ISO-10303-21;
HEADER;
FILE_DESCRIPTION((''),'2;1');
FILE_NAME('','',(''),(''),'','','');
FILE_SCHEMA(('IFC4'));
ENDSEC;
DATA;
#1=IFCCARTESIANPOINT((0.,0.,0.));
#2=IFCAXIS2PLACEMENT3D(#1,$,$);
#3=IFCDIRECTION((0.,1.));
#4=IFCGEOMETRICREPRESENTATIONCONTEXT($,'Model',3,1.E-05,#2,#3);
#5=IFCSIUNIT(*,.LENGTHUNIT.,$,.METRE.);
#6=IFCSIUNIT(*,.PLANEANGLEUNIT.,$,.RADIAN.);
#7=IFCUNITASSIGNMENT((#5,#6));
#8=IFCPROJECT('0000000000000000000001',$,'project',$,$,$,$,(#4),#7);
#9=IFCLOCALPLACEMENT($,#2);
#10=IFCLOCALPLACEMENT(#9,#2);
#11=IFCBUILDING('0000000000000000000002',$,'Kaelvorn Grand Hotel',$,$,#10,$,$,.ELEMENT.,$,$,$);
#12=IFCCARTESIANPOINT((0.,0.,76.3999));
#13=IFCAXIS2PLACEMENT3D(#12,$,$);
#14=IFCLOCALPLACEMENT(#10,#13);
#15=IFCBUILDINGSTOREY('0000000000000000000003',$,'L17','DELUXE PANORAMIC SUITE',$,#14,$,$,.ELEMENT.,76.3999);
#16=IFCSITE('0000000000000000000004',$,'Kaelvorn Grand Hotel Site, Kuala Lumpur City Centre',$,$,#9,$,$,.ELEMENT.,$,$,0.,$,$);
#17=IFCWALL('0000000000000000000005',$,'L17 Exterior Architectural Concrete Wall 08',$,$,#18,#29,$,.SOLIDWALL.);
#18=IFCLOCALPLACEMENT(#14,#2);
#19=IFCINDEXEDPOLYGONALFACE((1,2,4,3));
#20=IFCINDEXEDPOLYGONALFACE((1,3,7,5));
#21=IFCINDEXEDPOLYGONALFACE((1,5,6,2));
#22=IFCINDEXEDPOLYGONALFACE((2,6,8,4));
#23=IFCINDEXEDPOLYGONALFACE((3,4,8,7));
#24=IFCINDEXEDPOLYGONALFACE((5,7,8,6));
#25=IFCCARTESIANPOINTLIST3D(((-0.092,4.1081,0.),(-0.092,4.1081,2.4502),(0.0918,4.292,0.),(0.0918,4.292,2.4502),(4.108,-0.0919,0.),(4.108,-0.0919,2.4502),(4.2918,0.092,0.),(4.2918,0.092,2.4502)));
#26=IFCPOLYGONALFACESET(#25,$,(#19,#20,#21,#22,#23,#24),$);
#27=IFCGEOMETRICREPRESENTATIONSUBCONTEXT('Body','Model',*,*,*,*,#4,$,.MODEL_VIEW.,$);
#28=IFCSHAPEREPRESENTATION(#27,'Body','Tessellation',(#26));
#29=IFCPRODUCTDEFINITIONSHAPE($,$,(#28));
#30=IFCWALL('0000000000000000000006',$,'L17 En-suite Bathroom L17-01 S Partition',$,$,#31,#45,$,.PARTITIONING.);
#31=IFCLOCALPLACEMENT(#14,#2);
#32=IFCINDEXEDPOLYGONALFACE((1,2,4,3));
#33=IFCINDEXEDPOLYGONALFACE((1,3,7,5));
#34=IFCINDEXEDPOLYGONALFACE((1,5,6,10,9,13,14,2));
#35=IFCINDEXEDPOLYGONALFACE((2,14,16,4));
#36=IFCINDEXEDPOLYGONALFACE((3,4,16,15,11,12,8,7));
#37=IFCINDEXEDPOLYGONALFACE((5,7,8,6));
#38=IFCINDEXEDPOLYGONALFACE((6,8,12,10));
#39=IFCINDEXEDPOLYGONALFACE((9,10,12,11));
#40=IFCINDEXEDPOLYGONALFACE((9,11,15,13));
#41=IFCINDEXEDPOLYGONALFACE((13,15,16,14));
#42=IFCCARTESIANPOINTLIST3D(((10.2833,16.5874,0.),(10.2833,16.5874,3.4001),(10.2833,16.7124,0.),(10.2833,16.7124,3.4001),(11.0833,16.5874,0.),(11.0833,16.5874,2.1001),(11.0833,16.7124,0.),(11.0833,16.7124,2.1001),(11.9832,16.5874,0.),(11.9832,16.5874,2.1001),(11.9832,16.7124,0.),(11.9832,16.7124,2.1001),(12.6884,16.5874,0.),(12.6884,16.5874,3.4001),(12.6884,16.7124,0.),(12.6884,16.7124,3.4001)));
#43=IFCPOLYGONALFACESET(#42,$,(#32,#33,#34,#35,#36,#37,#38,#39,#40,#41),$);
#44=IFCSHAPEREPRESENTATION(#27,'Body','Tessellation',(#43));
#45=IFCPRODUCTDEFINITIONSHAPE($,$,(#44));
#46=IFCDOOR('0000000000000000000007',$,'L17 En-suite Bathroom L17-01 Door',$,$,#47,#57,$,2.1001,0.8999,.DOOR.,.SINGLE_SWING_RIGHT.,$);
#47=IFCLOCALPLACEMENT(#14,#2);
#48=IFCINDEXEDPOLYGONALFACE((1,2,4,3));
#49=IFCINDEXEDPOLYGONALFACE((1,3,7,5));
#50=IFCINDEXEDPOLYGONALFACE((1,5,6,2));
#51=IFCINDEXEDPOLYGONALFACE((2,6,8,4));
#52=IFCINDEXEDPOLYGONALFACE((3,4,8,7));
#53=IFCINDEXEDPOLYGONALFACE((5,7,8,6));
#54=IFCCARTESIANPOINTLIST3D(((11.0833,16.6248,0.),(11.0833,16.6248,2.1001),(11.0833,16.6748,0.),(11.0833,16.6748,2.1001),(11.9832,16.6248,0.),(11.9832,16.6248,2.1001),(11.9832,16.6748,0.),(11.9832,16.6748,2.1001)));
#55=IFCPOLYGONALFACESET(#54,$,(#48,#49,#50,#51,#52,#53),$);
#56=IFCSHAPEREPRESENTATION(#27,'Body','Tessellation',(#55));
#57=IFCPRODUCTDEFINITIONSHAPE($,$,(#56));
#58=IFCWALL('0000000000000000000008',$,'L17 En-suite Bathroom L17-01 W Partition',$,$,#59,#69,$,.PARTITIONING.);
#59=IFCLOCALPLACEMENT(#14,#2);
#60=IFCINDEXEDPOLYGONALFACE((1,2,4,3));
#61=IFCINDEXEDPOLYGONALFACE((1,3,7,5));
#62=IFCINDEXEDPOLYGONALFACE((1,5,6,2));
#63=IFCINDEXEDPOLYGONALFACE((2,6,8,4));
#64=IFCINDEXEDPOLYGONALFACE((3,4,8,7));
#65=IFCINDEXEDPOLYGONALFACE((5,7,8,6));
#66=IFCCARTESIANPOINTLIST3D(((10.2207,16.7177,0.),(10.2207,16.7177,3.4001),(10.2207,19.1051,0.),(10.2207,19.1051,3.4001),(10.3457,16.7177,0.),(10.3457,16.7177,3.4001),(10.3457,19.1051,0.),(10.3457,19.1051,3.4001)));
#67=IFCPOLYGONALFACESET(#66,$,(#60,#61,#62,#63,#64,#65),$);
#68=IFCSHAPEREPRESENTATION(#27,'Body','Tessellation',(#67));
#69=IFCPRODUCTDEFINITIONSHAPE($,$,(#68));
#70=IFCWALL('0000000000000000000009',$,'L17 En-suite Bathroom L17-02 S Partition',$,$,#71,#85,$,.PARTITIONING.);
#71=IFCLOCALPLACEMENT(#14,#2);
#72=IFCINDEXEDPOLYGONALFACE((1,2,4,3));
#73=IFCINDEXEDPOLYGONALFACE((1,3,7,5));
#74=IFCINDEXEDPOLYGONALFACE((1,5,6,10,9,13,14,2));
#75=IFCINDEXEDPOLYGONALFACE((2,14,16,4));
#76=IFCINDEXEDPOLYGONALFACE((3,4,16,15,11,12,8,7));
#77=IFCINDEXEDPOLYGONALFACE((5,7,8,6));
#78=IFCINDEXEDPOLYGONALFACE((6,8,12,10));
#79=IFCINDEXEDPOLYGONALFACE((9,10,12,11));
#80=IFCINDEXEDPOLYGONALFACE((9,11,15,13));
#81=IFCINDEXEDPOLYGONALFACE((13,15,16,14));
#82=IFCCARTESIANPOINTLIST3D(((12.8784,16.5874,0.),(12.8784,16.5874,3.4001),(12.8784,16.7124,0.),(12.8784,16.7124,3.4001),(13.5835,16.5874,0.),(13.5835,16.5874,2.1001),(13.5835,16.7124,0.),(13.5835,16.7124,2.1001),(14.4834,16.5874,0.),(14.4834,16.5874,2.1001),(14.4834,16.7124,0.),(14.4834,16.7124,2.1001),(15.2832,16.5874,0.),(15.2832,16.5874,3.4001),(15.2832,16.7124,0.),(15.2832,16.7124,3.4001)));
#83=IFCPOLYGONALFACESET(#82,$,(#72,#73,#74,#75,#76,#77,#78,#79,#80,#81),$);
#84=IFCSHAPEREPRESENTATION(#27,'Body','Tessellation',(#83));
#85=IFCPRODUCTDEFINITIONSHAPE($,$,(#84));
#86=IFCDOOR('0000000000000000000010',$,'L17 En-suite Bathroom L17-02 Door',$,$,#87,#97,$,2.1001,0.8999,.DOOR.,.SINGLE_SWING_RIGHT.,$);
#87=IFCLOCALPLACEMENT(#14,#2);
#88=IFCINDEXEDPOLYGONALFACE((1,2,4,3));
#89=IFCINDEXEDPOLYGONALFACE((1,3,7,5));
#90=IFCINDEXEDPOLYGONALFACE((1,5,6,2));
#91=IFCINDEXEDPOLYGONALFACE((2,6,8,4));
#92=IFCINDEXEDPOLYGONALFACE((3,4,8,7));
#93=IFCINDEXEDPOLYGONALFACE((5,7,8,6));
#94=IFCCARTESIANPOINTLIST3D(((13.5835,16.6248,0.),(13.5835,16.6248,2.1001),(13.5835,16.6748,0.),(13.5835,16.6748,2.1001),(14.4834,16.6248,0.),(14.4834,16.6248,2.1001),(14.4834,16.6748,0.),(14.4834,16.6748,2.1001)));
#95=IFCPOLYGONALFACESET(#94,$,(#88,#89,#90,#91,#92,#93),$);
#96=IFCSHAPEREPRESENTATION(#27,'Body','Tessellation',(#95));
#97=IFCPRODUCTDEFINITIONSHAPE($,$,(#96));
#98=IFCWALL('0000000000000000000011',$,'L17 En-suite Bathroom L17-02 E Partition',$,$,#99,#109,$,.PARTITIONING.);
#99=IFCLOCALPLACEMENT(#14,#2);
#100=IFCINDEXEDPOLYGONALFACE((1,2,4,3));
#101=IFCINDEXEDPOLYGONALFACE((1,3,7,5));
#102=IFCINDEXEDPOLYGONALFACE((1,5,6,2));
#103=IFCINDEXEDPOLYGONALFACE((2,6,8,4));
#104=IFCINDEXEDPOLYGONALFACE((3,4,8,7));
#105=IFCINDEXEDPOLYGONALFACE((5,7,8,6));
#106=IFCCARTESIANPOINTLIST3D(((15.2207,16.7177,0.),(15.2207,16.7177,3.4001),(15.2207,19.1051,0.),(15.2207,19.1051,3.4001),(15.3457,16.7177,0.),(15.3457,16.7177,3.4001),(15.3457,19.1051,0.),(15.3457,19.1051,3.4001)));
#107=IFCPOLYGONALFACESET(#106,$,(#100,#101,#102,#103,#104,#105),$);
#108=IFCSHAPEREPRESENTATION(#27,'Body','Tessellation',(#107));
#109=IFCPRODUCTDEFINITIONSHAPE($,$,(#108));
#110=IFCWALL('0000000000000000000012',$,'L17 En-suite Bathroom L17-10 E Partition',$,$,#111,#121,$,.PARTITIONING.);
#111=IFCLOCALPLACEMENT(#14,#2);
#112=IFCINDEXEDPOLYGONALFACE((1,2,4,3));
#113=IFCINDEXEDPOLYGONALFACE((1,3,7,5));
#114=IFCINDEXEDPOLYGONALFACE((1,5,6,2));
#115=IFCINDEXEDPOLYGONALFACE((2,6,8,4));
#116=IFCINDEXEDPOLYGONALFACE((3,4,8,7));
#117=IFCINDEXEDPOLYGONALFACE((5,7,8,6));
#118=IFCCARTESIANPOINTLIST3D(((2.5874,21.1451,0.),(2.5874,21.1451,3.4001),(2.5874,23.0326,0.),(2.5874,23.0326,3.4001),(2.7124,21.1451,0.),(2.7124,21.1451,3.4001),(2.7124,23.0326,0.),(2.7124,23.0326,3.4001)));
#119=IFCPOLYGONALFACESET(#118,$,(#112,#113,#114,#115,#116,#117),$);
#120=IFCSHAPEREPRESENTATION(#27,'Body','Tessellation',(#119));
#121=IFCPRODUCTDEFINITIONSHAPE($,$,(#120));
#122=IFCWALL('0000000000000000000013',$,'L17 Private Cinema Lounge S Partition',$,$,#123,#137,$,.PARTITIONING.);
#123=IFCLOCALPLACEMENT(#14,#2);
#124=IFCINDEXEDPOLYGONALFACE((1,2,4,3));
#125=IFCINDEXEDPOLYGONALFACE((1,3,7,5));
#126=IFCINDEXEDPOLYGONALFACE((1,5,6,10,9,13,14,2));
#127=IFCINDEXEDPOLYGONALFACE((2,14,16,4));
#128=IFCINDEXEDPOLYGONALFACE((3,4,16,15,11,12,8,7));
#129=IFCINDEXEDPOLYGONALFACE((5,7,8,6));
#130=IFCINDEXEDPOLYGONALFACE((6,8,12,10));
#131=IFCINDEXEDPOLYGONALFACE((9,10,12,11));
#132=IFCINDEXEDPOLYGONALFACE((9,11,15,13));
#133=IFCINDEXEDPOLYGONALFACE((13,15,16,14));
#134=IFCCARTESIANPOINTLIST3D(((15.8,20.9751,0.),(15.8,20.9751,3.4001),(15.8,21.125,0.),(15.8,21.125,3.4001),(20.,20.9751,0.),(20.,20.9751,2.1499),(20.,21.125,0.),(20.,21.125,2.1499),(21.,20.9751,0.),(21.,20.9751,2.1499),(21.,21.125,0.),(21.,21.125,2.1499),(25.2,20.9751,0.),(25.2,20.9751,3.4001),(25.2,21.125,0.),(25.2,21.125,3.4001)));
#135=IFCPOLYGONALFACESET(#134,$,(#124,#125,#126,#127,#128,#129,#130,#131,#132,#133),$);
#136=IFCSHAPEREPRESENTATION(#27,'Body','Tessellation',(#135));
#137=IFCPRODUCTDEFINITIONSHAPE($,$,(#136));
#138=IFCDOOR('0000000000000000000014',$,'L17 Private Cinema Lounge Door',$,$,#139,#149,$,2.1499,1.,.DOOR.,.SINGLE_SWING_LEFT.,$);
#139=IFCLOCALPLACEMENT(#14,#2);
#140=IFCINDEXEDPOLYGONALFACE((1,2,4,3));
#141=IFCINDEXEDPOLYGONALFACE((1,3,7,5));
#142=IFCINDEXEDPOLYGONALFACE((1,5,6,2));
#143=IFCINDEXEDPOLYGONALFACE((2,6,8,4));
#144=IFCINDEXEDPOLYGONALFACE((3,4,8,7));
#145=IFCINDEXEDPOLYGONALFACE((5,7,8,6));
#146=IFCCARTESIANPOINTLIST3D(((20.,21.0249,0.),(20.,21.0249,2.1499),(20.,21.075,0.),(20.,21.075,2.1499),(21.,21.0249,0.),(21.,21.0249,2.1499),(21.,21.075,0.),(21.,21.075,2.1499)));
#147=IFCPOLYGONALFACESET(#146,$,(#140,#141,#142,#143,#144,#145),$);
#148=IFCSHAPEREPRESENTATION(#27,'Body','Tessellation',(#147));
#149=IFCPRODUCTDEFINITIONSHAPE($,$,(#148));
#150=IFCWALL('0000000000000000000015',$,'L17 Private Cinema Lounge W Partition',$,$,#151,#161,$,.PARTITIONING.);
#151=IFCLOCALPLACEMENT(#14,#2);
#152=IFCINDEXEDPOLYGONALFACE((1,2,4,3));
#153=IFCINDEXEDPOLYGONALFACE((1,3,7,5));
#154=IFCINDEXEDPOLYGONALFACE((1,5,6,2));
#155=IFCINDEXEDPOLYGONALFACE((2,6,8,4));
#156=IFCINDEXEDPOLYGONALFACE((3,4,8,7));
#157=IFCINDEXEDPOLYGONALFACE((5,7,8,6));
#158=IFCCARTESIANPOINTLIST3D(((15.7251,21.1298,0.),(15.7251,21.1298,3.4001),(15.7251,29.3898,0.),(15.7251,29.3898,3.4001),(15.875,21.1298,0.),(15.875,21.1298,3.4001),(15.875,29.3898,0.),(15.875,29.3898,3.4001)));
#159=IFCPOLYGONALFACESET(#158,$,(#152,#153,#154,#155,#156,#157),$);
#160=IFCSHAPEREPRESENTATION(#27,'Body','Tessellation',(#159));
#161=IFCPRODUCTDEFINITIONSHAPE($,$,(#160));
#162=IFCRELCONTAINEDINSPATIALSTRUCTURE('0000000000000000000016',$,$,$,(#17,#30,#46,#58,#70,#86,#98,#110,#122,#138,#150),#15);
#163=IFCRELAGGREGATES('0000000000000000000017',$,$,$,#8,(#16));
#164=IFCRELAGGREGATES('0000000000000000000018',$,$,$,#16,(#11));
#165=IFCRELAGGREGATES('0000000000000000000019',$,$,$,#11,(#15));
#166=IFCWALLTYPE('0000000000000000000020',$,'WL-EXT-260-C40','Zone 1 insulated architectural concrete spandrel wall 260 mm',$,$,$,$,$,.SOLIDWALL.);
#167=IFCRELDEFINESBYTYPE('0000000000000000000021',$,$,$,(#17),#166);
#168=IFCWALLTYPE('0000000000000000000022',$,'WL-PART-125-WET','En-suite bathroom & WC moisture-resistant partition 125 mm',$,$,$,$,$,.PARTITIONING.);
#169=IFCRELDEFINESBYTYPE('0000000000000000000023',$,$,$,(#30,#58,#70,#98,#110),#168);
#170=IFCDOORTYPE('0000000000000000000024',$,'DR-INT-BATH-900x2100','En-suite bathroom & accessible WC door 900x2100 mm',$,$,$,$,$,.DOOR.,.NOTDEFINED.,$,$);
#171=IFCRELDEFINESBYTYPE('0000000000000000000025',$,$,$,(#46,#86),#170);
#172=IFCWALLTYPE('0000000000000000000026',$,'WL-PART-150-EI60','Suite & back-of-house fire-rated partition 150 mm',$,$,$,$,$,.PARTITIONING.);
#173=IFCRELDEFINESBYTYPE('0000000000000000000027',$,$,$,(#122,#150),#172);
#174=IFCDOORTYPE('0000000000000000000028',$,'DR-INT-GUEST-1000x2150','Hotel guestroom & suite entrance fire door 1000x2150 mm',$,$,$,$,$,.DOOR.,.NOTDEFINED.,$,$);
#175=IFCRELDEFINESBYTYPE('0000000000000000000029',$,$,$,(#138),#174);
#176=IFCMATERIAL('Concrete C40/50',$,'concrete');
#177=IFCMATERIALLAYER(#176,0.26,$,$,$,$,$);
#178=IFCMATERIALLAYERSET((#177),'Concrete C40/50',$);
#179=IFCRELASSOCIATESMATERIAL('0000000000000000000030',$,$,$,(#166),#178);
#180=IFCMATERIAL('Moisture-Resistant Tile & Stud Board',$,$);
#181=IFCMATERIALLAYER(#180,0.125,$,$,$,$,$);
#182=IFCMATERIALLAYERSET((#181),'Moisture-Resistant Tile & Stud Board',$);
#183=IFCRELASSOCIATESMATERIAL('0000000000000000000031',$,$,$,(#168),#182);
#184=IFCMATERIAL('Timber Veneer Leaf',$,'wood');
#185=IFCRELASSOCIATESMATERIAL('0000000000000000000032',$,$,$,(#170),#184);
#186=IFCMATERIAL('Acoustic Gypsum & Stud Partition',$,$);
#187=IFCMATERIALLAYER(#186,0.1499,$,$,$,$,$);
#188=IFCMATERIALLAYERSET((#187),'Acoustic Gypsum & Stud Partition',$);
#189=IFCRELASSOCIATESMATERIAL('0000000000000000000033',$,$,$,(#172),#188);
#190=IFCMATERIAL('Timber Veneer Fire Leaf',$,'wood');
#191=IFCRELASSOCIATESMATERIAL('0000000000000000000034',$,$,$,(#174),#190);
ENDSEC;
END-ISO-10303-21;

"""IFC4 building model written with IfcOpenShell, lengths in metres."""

from ifc_helpers import new_model, si_unit, direction, frame, frame_2d, origin, place, context, subcontext, project, spatial, rectangle, extrude, material, layer, layer_set, type_object, element, fill, save


model = new_model("IFC4")

# Units and contexts
model_context = context("Model", 3, precision=1e-05, world=origin(), true_north=direction((0.0, 1.0)))
body_context = subcontext(model_context, "Body", "Model", "MODEL_VIEW")
ifc_project = project(units=[si_unit("LENGTHUNIT", "METRE"), si_unit("PLANEANGLEUNIT", "RADIAN")], contexts=[model_context])

# Site, building, storey
site_placement = place(None, origin())
site = spatial("IfcSite", under=ifc_project, at=site_placement, Name="Kaelvorn Grand Hotel Site, Kuala Lumpur City Centre", CompositionType="ELEMENT", RefElevation=0.0)
building_placement = place(site_placement, origin())
building = spatial("IfcBuilding", under=site, at=building_placement, Name="Kaelvorn Grand Hotel", CompositionType="ELEMENT")
storey_placement = place(building_placement, frame((0.0, 0.0, 76.3999)))
storey = spatial("IfcBuildingStorey", under=building, at=storey_placement, Name="L17", Description="DELUXE PANORAMIC SUITE", CompositionType="ELEMENT", Elevation=76.3999)

# Wall
ifc_material_1 = material(Name="Concrete C40/50", Category="concrete")
ifc_layer_1 = layer(ifc_material_1, 0.26)
ifc_layer_set_1 = layer_set([ifc_layer_1], Name="Concrete C40/50")
wall_type_1 = type_object("IfcWallType", Name="WL-EXT-260-C40", Description="Zone 1 insulated architectural concrete spandrel wall 260 mm", PredefinedType="SOLIDWALL", material=ifc_layer_set_1)
wall_1_placement = place(storey_placement, frame((0.0, 4.2, 0.0), z_axis=(0.0, 0.0, 1.0), x_axis=(0.707107, -0.707107, 0.0)))
element("IfcWall", 1, at=wall_1_placement, inside=storey, type_object=wall_type_1, Name="L17 Exterior Architectural Concrete Wall 08", PredefinedType="SOLIDWALL", context=body_context, shape_type="SweptSolid", body=[
    extrude(rectangle(XDim=5.9397, YDim=0.26, at=frame_2d((2.9697, 0.0))), origin(), (0.0, 0.0, 1.0), 2.4502),
])

# Wall, opening, door
ifc_material_2 = material(Name="Moisture-Resistant Tile & Stud Board")
ifc_layer_2 = layer(ifc_material_2, 0.125)
ifc_layer_set_2 = layer_set([ifc_layer_2], Name="Moisture-Resistant Tile & Stud Board")
wall_type_2 = type_object("IfcWallType", Name="WL-PART-125-WET", Description="En-suite bathroom & WC moisture-resistant partition 125 mm", PredefinedType="PARTITIONING", material=ifc_layer_set_2)
wall_2_placement = place(storey_placement, frame((10.2832, 16.6499, 0.0), z_axis=(0.0, 0.0, 1.0), x_axis=(1.0, 0.0, 0.0)))
wall_2 = element("IfcWall", 2, at=wall_2_placement, inside=storey, type_object=wall_type_2, Name="L17 En-suite Bathroom L17-01 S Partition", PredefinedType="PARTITIONING", context=body_context, shape_type="SweptSolid", body=[
    extrude(rectangle(XDim=2.405, YDim=0.125, at=frame_2d((1.2026, 0.0))), origin(), (0.0, 0.0, 1.0), 3.4001),
])
opening_1_placement = place(wall_2_placement, frame((0.8, 0.0, 0.0)))
opening_1 = element("IfcOpeningElement", 3, at=opening_1_placement, cuts=wall_2, PredefinedType="OPENING", context=body_context, shape_type="SweptSolid", body=[
    extrude(rectangle(XDim=0.8999, YDim=2.1001, at=frame_2d((0.45, 1.05))), frame((0.0, 0.0725, 0.0), z_axis=(0.0, -1.0, 0.0), x_axis=(1.0, 0.0, 0.0)), (0.0, 0.0, 1.0), 0.145),
])
ifc_material_3 = material(Name="Timber Veneer Leaf", Category="wood")
door_type_1 = type_object("IfcDoorType", Name="DR-INT-BATH-900x2100", Description="En-suite bathroom & accessible WC door 900x2100 mm", OperationType="NOTDEFINED", PredefinedType="DOOR", material=ifc_material_3)
door_1_placement = place(opening_1_placement, origin())
door_1 = element("IfcDoor", 4, at=door_1_placement, inside=storey, type_object=door_type_1, Name="L17 En-suite Bathroom L17-01 Door", OperationType="SINGLE_SWING_RIGHT", OverallHeight=2.1001, OverallWidth=0.8999, PredefinedType="DOOR", context=body_context, shape_type="SweptSolid", body=[
    extrude(rectangle(XDim=0.8999, YDim=2.1001, at=frame_2d((0.45, 1.05))), frame((0.0, 0.0249, 0.0), z_axis=(0.0, -1.0, 0.0), x_axis=(1.0, 0.0, 0.0)), (0.0, 0.0, 1.0), 0.05),
])
fill(opening_1, door_1)

# Wall
wall_3_placement = place(storey_placement, frame((10.2832, 16.7175, 0.0), z_axis=(0.0, 0.0, 1.0), x_axis=(0.0, 1.0, 0.0)))
element("IfcWall", 5, at=wall_3_placement, inside=storey, type_object=wall_type_2, Name="L17 En-suite Bathroom L17-01 W Partition", PredefinedType="PARTITIONING", context=body_context, shape_type="SweptSolid", body=[
    extrude(rectangle(XDim=2.3875, YDim=0.125, at=frame_2d((1.1938, 0.0))), origin(), (0.0, 0.0, 1.0), 3.4001),
])

# Wall, opening, door
wall_4_placement = place(storey_placement, frame((12.8784, 16.6499, 0.0), z_axis=(0.0, 0.0, 1.0), x_axis=(1.0, 0.0, 0.0)))
wall_4 = element("IfcWall", 6, at=wall_4_placement, inside=storey, type_object=wall_type_2, Name="L17 En-suite Bathroom L17-02 S Partition", PredefinedType="PARTITIONING", context=body_context, shape_type="SweptSolid", body=[
    extrude(rectangle(XDim=2.4048, YDim=0.125, at=frame_2d((1.2024, 0.0))), origin(), (0.0, 0.0, 1.0), 3.4001),
])
opening_2_placement = place(wall_4_placement, frame((0.7051, 0.0, 0.0)))
opening_2 = element("IfcOpeningElement", 7, at=opening_2_placement, cuts=wall_4, PredefinedType="OPENING", context=body_context, shape_type="SweptSolid", body=[
    extrude(rectangle(XDim=0.8999, YDim=2.1001, at=frame_2d((0.45, 1.05))), frame((0.0, 0.0725, 0.0), z_axis=(0.0, -1.0, 0.0), x_axis=(1.0, 0.0, 0.0)), (0.0, 0.0, 1.0), 0.145),
])
door_2_placement = place(opening_2_placement, origin())
door_2 = element("IfcDoor", 8, at=door_2_placement, inside=storey, type_object=door_type_1, Name="L17 En-suite Bathroom L17-02 Door", OperationType="SINGLE_SWING_RIGHT", OverallHeight=2.1001, OverallWidth=0.8999, PredefinedType="DOOR", context=body_context, shape_type="SweptSolid", body=[
    extrude(rectangle(XDim=0.8999, YDim=2.1001, at=frame_2d((0.45, 1.05))), frame((0.0, 0.0249, 0.0), z_axis=(0.0, -1.0, 0.0), x_axis=(1.0, 0.0, 0.0)), (0.0, 0.0, 1.0), 0.05),
])
fill(opening_2, door_2)

# Walls
wall_5_placement = place(storey_placement, frame((15.2832, 16.7175, 0.0), z_axis=(0.0, 0.0, 1.0), x_axis=(0.0, 1.0, 0.0)))
element("IfcWall", 9, at=wall_5_placement, inside=storey, type_object=wall_type_2, Name="L17 En-suite Bathroom L17-02 E Partition", PredefinedType="PARTITIONING", context=body_context, shape_type="SweptSolid", body=[
    extrude(rectangle(XDim=2.3875, YDim=0.125, at=frame_2d((1.1938, 0.0))), origin(), (0.0, 0.0, 1.0), 3.4001),
])
wall_6_placement = place(storey_placement, frame((2.6499, 21.145, 0.0), z_axis=(0.0, 0.0, 1.0), x_axis=(0.0, 1.0, 0.0)))
element("IfcWall", 10, at=wall_6_placement, inside=storey, type_object=wall_type_2, Name="L17 En-suite Bathroom L17-10 E Partition", PredefinedType="PARTITIONING", context=body_context, shape_type="SweptSolid", body=[
    extrude(rectangle(XDim=1.8875, YDim=0.125, at=frame_2d((0.9438, 0.0))), origin(), (0.0, 0.0, 1.0), 3.4001),
])

# Wall, opening, door
ifc_material_4 = material(Name="Acoustic Gypsum & Stud Partition")
ifc_layer_3 = layer(ifc_material_4, 0.1499)
ifc_layer_set_3 = layer_set([ifc_layer_3], Name="Acoustic Gypsum & Stud Partition")
wall_type_3 = type_object("IfcWallType", Name="WL-PART-150-EI60", Description="Suite & back-of-house fire-rated partition 150 mm", PredefinedType="PARTITIONING", material=ifc_layer_set_3)
wall_7_placement = place(storey_placement, frame((15.8, 21.05, 0.0), z_axis=(0.0, 0.0, 1.0), x_axis=(1.0, 0.0, 0.0)))
wall_7 = element("IfcWall", 11, at=wall_7_placement, inside=storey, type_object=wall_type_3, Name="L17 Private Cinema Lounge S Partition", PredefinedType="PARTITIONING", context=body_context, shape_type="SweptSolid", body=[
    extrude(rectangle(XDim=9.3999, YDim=0.1499, at=frame_2d((4.7, 0.0))), origin(), (0.0, 0.0, 1.0), 3.4001),
])
opening_3_placement = place(wall_7_placement, frame((4.2, 0.0, 0.0)))
opening_3 = element("IfcOpeningElement", 12, at=opening_3_placement, cuts=wall_7, PredefinedType="OPENING", context=body_context, shape_type="SweptSolid", body=[
    extrude(rectangle(XDim=1.0, YDim=2.1499, at=frame_2d((0.5, 1.075))), frame((0.0, 0.085, 0.0), z_axis=(0.0, -1.0, 0.0), x_axis=(1.0, 0.0, 0.0)), (0.0, 0.0, 1.0), 0.1699),
])
ifc_material_5 = material(Name="Timber Veneer Fire Leaf", Category="wood")
door_type_2 = type_object("IfcDoorType", Name="DR-INT-GUEST-1000x2150", Description="Hotel guestroom & suite entrance fire door 1000x2150 mm", OperationType="NOTDEFINED", PredefinedType="DOOR", material=ifc_material_5)
door_3_placement = place(opening_3_placement, origin())
door_3 = element("IfcDoor", 13, at=door_3_placement, inside=storey, type_object=door_type_2, Name="L17 Private Cinema Lounge Door", OperationType="SINGLE_SWING_LEFT", OverallHeight=2.1499, OverallWidth=1.0, PredefinedType="DOOR", context=body_context, shape_type="SweptSolid", body=[
    extrude(rectangle(XDim=1.0, YDim=2.1499, at=frame_2d((0.5, 1.075))), frame((0.0, 0.0249, 0.0), z_axis=(0.0, -1.0, 0.0), x_axis=(1.0, 0.0, 0.0)), (0.0, 0.0, 1.0), 0.05),
])
fill(opening_3, door_3)

# Wall
wall_8_placement = place(storey_placement, frame((15.8, 21.1299, 0.0), z_axis=(0.0, 0.0, 1.0), x_axis=(0.0, 1.0, 0.0)))
element("IfcWall", 14, at=wall_8_placement, inside=storey, type_object=wall_type_3, Name="L17 Private Cinema Lounge W Partition", PredefinedType="PARTITIONING", context=body_context, shape_type="SweptSolid", body=[
    extrude(rectangle(XDim=8.26, YDim=0.1499, at=frame_2d((4.1299, 0.0))), origin(), (0.0, 0.0, 1.0), 3.4001),
])

save(model, "model.ifc")
